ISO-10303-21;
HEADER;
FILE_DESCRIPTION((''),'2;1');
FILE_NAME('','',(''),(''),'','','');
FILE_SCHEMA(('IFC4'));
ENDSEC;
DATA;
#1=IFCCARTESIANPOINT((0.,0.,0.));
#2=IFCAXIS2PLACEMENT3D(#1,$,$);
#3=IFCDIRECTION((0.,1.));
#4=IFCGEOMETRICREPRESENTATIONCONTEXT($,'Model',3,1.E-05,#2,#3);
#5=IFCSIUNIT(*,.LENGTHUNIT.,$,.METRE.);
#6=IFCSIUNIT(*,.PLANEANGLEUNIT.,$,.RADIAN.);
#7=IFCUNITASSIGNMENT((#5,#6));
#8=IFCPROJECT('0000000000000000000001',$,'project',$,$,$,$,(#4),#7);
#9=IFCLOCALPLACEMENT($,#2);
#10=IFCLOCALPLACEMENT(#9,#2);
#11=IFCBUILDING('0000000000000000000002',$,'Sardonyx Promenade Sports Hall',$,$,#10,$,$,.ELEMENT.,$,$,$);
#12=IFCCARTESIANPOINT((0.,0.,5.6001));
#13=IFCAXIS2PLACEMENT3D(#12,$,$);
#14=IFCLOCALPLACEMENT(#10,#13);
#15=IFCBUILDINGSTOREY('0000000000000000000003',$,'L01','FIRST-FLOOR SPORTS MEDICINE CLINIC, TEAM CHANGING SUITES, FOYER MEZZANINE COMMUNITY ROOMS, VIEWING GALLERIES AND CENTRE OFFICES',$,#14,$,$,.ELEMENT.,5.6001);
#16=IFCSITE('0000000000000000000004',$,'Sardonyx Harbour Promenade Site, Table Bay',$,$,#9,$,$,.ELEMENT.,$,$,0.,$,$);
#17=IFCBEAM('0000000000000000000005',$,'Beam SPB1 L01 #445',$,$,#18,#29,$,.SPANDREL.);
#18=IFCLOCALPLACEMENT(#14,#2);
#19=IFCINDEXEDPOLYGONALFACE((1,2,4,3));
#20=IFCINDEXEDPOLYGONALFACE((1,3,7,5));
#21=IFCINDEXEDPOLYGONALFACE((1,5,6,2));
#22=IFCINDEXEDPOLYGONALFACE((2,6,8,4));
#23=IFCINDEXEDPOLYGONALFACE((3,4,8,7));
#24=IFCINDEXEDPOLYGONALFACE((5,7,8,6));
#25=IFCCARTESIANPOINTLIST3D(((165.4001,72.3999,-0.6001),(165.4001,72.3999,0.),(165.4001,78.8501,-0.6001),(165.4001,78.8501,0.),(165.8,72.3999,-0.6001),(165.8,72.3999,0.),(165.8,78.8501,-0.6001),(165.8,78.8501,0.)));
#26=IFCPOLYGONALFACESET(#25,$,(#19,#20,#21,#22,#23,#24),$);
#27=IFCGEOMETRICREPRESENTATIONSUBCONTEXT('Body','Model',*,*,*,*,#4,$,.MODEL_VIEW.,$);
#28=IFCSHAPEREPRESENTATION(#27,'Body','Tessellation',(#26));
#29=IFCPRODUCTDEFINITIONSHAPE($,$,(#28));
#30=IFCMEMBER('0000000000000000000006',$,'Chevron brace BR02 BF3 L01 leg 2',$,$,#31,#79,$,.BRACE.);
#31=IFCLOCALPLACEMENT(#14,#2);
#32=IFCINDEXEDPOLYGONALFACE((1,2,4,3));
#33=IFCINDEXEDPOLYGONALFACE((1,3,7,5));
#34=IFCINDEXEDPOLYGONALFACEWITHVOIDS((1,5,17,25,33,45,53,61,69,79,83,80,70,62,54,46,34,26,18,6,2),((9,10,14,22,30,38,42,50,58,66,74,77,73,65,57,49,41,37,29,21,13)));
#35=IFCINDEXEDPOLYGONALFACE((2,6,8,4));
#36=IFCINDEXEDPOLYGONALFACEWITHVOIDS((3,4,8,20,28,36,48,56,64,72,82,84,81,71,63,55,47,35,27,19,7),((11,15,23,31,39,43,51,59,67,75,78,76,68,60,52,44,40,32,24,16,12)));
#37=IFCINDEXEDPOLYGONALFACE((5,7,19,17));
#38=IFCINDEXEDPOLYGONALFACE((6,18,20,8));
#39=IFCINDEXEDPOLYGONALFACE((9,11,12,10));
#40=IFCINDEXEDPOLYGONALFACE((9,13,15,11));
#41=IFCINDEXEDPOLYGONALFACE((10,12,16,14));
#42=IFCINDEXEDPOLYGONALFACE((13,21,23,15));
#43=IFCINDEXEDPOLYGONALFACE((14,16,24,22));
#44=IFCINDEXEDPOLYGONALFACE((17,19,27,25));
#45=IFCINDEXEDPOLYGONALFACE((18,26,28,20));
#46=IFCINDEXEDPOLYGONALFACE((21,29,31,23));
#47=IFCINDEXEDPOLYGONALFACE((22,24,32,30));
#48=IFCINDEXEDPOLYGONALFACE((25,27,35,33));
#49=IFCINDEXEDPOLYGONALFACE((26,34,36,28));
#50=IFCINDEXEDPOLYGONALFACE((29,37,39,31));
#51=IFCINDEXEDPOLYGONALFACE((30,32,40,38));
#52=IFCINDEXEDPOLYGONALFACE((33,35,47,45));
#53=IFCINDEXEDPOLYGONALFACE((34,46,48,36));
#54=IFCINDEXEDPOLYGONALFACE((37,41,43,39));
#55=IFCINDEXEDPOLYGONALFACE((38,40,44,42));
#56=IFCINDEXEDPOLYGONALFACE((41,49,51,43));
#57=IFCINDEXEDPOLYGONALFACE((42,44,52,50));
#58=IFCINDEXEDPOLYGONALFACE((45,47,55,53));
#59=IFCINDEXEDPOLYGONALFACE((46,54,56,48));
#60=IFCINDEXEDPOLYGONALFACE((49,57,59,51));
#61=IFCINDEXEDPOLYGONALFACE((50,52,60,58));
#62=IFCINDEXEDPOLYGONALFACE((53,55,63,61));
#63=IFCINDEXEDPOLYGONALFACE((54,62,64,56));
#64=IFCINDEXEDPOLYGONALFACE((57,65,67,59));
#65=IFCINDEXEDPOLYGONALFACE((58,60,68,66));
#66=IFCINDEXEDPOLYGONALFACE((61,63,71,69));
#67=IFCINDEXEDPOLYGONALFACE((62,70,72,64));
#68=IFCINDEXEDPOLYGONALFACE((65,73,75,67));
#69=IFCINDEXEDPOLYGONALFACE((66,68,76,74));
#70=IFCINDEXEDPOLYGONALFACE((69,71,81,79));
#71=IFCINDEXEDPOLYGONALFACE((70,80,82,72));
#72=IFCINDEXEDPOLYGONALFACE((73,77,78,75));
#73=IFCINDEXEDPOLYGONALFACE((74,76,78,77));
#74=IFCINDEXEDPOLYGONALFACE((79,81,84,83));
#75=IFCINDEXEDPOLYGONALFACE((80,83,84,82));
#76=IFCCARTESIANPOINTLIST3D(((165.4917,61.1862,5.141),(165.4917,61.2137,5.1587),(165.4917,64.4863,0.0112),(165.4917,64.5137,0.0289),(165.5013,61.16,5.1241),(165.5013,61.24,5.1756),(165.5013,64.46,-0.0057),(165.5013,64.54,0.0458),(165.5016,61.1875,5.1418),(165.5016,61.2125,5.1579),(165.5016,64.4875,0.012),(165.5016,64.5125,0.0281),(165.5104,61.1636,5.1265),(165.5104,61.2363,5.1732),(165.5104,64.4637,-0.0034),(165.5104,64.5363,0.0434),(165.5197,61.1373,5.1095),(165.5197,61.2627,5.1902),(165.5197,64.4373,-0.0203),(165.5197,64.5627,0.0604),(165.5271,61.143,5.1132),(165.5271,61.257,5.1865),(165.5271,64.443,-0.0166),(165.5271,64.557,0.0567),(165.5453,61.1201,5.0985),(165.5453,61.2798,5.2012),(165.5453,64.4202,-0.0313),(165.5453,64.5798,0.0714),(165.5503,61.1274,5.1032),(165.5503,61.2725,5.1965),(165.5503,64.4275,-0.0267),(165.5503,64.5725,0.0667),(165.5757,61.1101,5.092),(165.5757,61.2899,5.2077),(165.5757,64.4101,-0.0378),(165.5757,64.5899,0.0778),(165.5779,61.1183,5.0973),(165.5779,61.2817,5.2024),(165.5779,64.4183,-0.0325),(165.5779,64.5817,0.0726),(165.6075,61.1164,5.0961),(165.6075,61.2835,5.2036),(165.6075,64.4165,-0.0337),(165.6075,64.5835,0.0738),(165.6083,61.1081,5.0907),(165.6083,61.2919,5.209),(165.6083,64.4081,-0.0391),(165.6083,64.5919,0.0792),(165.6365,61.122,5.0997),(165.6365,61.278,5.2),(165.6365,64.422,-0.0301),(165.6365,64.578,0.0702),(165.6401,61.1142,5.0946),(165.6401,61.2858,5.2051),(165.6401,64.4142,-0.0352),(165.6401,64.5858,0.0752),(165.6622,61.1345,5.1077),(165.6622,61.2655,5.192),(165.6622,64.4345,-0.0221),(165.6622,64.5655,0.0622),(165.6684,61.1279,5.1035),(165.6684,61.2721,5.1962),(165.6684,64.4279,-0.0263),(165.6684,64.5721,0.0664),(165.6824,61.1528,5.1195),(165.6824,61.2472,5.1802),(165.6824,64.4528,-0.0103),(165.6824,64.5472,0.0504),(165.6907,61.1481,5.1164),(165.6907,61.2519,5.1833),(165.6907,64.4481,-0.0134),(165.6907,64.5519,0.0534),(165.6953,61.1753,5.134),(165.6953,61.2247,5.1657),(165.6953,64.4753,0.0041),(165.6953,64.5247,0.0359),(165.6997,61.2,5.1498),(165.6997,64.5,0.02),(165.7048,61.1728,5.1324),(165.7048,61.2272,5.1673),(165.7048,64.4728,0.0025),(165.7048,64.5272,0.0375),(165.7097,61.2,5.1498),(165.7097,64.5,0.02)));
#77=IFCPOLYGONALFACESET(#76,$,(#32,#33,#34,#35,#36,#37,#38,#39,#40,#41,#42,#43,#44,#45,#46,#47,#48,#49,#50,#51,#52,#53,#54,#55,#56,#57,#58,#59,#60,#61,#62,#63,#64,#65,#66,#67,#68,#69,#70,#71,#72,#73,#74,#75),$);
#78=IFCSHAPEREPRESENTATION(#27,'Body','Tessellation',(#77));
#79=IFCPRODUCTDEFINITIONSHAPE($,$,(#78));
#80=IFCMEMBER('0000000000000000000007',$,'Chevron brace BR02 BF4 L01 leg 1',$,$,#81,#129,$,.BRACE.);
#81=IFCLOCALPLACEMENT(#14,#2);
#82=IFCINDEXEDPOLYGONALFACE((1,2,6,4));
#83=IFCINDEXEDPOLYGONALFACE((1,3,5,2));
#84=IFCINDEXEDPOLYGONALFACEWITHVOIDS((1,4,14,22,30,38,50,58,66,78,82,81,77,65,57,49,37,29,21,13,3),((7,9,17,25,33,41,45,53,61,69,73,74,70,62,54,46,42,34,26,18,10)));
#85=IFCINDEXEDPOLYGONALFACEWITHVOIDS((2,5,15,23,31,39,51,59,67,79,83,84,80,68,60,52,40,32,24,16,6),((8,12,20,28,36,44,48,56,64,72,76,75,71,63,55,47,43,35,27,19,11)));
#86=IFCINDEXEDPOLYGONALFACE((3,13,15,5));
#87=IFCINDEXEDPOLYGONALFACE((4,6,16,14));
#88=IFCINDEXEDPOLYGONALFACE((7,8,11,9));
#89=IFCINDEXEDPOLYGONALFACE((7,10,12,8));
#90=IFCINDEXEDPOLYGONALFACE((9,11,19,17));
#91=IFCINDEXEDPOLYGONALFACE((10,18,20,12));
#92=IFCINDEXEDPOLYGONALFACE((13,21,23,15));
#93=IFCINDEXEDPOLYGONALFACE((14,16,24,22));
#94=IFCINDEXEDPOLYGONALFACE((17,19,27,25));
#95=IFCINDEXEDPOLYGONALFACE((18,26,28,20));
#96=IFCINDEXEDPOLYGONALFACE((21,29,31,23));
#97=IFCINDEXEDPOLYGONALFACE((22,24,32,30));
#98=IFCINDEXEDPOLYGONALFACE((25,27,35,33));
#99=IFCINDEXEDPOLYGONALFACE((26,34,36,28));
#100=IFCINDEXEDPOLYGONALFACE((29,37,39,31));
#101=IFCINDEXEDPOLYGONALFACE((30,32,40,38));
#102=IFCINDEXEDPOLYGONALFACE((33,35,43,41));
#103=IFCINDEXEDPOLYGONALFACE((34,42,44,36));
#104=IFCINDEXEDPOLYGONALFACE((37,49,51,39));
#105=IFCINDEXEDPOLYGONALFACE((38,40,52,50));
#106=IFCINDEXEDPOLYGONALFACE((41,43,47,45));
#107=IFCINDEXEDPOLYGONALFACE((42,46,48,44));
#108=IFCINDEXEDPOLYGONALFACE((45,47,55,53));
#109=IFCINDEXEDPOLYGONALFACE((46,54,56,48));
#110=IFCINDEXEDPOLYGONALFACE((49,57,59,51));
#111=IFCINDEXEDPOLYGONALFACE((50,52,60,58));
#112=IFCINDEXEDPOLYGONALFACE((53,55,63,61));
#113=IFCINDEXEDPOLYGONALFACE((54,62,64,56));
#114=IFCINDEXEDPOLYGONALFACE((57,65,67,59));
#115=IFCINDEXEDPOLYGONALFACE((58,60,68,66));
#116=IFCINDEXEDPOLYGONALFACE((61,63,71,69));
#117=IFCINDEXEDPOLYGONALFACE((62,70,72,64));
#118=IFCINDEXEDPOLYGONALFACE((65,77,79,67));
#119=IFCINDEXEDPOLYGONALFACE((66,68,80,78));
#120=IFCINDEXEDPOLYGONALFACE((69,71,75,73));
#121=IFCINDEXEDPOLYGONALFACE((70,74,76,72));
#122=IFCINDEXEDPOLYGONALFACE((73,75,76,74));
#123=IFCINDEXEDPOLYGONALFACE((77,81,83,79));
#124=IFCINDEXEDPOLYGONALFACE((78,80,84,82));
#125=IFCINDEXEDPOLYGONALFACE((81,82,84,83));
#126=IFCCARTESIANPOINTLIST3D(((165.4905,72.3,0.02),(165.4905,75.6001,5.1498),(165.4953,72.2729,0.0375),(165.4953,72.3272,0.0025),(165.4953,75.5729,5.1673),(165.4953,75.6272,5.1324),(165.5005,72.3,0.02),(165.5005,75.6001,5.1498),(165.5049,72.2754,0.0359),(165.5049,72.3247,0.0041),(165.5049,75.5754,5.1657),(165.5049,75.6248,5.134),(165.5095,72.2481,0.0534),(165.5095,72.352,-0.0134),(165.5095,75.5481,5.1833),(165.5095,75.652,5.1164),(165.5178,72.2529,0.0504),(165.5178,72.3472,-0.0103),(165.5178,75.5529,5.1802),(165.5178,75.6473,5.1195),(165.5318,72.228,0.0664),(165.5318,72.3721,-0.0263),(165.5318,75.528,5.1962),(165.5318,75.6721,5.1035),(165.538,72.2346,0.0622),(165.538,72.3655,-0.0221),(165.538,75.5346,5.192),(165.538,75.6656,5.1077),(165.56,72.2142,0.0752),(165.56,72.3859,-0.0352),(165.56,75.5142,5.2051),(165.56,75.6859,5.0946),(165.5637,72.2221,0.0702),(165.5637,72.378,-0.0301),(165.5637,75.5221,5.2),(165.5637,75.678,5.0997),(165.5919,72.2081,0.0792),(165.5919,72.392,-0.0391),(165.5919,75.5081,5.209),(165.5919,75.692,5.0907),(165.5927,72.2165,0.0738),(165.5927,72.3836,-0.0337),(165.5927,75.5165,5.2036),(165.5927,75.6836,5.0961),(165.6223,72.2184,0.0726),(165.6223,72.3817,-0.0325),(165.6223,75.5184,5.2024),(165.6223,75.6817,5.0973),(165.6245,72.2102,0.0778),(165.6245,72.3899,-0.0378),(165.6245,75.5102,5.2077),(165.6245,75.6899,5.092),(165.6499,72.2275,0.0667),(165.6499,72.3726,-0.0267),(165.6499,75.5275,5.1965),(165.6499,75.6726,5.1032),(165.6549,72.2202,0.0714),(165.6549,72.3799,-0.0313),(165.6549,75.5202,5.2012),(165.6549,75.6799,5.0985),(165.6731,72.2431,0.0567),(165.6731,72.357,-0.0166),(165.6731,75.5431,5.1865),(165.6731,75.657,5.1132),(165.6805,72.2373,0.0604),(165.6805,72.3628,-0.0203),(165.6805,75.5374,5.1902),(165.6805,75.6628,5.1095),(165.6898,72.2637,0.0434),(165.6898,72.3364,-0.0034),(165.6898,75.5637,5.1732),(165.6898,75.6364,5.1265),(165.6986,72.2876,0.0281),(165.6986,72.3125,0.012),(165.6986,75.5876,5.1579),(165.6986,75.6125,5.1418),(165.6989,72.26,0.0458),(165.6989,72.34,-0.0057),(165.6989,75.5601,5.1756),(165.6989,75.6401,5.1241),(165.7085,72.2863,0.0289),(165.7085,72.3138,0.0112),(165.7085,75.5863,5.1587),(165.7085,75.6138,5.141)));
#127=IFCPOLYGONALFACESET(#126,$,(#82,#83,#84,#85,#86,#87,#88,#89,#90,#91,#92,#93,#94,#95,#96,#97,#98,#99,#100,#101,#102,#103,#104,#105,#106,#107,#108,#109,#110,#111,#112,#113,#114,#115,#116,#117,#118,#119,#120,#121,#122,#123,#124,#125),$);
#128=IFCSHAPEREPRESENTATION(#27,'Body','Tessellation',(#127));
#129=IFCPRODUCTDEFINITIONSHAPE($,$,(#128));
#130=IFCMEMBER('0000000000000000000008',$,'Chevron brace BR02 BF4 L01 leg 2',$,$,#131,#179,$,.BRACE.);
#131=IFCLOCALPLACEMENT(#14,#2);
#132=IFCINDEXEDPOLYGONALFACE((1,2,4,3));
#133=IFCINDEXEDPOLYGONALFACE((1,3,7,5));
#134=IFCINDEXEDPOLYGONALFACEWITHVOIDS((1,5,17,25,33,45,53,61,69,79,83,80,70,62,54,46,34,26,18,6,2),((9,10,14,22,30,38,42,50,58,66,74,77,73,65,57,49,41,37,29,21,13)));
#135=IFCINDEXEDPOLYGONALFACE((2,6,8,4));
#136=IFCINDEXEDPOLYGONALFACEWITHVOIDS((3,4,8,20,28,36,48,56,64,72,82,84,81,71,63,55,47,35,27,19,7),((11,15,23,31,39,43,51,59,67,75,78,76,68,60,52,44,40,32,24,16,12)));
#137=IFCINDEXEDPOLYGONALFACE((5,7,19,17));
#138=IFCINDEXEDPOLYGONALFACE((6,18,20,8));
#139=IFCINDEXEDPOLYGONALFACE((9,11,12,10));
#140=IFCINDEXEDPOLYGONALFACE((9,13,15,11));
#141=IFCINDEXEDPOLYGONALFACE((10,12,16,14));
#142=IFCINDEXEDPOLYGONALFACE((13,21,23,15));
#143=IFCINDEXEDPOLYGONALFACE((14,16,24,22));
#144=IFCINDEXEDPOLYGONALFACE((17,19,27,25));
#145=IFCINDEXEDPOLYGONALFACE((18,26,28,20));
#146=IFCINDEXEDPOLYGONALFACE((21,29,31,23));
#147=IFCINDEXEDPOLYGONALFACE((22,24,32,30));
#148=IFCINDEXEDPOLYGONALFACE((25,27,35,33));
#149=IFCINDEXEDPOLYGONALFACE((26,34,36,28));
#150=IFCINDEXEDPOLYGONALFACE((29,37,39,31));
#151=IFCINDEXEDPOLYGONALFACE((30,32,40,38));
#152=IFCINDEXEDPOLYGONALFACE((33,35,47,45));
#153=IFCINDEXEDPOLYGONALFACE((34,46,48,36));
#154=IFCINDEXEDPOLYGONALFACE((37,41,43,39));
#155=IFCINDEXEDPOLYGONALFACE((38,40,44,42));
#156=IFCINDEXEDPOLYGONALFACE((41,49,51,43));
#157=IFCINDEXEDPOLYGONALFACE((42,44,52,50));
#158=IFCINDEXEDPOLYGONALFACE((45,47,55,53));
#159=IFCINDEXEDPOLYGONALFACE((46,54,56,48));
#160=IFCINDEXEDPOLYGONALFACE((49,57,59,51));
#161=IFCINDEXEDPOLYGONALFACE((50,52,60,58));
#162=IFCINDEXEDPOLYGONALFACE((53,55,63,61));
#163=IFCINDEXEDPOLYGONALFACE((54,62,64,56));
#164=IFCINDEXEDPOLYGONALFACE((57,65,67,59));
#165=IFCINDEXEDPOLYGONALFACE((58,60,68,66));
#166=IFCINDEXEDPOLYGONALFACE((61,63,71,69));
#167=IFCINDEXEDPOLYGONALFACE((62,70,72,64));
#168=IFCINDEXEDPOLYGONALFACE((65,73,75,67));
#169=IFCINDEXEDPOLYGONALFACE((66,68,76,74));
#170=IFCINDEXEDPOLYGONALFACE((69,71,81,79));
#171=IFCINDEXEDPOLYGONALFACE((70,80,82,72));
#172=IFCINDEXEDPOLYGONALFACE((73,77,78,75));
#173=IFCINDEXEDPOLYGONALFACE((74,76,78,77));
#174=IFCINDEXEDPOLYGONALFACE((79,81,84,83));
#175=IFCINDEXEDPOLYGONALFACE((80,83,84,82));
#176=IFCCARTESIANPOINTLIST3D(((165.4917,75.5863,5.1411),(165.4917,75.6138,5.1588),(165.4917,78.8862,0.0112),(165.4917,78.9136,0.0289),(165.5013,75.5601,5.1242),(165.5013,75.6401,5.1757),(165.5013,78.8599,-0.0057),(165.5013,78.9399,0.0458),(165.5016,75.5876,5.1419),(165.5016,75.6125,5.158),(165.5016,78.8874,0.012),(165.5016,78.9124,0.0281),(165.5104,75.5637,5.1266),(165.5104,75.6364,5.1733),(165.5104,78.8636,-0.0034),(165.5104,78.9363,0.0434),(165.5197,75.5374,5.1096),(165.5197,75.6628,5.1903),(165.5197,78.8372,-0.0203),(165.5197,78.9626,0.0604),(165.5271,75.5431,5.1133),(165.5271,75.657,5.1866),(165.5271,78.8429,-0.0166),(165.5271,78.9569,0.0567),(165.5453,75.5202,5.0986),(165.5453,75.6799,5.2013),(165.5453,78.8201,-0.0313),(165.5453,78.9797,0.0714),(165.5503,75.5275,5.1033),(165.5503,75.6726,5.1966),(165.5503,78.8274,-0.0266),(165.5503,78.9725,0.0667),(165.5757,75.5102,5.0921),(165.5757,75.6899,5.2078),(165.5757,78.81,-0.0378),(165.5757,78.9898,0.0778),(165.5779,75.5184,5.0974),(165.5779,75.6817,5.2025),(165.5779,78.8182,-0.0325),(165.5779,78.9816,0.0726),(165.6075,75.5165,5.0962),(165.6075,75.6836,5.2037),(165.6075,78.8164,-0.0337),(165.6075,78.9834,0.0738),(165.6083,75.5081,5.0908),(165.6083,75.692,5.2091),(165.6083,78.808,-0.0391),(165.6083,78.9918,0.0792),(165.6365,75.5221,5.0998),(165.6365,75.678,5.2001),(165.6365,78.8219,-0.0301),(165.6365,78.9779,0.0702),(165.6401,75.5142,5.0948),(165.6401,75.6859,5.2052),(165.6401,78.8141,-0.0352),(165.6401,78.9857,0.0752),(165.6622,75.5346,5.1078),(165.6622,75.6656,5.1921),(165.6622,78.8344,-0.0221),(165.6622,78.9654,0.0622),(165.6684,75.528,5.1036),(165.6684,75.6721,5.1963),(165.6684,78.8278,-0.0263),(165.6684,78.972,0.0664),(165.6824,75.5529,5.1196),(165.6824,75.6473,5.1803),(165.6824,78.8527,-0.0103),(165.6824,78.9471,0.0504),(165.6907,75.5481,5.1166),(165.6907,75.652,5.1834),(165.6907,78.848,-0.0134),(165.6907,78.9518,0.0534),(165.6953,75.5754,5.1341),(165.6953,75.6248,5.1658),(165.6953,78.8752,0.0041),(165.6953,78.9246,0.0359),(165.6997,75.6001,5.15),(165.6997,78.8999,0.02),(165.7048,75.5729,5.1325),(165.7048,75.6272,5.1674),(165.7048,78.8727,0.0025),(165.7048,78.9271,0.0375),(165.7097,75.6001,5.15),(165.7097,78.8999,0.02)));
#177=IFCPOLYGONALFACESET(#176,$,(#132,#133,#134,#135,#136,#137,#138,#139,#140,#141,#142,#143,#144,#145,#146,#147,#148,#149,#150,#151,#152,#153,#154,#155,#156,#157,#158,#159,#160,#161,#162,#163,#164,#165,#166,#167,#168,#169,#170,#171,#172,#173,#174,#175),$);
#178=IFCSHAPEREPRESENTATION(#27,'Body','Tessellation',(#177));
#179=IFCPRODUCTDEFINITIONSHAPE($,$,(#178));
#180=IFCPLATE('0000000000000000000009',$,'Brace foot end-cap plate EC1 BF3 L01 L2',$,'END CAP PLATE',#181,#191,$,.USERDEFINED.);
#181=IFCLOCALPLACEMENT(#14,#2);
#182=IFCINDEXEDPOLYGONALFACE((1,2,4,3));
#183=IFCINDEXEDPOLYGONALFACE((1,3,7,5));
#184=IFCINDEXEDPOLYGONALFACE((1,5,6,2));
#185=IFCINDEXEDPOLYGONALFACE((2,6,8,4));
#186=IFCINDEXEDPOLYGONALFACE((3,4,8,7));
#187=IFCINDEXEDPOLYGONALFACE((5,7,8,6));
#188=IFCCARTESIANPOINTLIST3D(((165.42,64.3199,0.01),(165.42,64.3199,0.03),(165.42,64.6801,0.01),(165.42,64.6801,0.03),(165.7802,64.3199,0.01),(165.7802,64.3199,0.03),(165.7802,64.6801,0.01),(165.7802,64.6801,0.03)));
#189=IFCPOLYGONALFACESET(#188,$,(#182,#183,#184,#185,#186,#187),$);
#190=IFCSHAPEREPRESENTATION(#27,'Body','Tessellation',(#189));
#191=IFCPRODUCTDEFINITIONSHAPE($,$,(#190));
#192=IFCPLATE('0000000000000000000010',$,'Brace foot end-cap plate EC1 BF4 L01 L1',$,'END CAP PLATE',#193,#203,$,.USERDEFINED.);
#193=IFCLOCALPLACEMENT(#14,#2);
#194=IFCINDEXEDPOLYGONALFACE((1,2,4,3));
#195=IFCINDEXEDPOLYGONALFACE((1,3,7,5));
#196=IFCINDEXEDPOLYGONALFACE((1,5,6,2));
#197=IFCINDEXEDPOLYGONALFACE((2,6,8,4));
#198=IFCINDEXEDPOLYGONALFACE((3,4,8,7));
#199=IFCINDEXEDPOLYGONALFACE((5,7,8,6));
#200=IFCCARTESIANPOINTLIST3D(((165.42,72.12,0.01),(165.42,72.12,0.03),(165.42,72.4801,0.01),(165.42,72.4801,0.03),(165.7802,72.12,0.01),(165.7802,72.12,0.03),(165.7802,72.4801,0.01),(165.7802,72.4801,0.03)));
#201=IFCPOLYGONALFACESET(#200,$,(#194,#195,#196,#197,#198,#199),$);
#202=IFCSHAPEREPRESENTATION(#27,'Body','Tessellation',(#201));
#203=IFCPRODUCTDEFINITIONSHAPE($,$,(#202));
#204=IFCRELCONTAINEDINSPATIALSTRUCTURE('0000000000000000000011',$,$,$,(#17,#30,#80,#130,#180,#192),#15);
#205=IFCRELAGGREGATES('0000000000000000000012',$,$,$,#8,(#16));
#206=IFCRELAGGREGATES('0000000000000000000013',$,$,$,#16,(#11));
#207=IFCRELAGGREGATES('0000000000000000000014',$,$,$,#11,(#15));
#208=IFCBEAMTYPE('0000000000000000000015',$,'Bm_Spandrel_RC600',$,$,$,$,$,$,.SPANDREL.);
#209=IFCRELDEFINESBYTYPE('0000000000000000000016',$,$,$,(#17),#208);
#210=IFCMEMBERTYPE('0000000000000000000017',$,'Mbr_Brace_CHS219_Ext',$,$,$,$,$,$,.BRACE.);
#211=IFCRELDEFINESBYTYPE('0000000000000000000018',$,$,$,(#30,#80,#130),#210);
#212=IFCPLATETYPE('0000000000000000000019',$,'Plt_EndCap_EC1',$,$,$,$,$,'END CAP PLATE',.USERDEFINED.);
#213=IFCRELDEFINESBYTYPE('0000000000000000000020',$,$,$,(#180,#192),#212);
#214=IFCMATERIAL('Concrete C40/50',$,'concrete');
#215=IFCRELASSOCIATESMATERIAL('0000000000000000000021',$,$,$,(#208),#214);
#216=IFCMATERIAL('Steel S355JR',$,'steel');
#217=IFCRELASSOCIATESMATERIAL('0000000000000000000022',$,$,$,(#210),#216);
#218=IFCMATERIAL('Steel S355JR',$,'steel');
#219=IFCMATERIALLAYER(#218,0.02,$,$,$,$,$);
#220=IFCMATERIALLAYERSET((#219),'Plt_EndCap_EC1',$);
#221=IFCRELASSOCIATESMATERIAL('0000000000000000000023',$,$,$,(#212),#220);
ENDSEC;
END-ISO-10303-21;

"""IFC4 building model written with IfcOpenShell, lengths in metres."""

from ifc_helpers import new_model, si_unit, direction, frame, origin, origin_2d, place, context, subcontext, project, spatial, rectangle, hollow_circle, extrude, material, layer, layer_set, material_profile, profile_set, type_object, element, save


model = new_model("IFC4")

# Units and contexts
model_context = context("Model", 3, precision=1e-05, world=origin(), true_north=direction((0.0, 1.0)))
body_context = subcontext(model_context, "Body", "Model", "MODEL_VIEW")
ifc_project = project(units=[si_unit("LENGTHUNIT", "METRE"), si_unit("PLANEANGLEUNIT", "RADIAN")], contexts=[model_context])

# Site, building, storey
site_placement = place(None, origin())
site = spatial("IfcSite", under=ifc_project, at=site_placement, Name="Sardonyx Harbour Promenade Site, Table Bay", CompositionType="ELEMENT", RefElevation=0.0)
building_placement = place(site_placement, origin())
building = spatial("IfcBuilding", under=site, at=building_placement, Name="Sardonyx Promenade Sports Hall", CompositionType="ELEMENT")
storey_placement = place(building_placement, frame((0.0, 0.0, 5.6001)))
storey = spatial("IfcBuildingStorey", under=building, at=storey_placement, Name="L01", Description="FIRST-FLOOR SPORTS MEDICINE CLINIC, TEAM CHANGING SUITES, FOYER MEZZANINE COMMUNITY ROOMS, VIEWING GALLERIES AND CENTRE OFFICES", CompositionType="ELEMENT", Elevation=5.6001)

# Beam
ifc_material_1 = material(Name="Concrete C40/50", Category="concrete")
ifc_material_profile_1 = material_profile(ifc_material_1, rectangle(XDim=0.3999, YDim=0.6001, at=origin_2d()))
ifc_profile_set_1 = profile_set([ifc_material_profile_1], Name="Concrete C40/50")
beam_type_1 = type_object("IfcBeamType", Name="Bm_Spandrel_RC600", PredefinedType="SPANDREL", material=ifc_profile_set_1)
beam_1_placement = place(storey_placement, frame((165.6001, 72.3999, -0.3), z_axis=(0.0, 1.0, 0.0), x_axis=(-1.0, 0.0, 0.0)))
element("IfcBeam", 1, at=beam_1_placement, inside=storey, type_object=beam_type_1, Name="Beam SPB1 L01 #445", PredefinedType="SPANDREL", context=body_context, shape_type="SweptSolid", body=[
    extrude(rectangle(XDim=0.3999, YDim=0.6001, at=origin_2d()), origin(), (0.0, 0.0, 1.0), 6.4502),
])

# Members
ifc_material_2 = material(Name="Steel S355JR", Category="steel")
ifc_material_profile_2 = material_profile(ifc_material_2, hollow_circle(Radius=0.1096, WallThickness=0.01, at=origin_2d()))
ifc_profile_set_2 = profile_set([ifc_material_profile_2], Name="Steel S355JR")
member_type = type_object("IfcMemberType", Name="Mbr_Brace_CHS219_Ext", PredefinedType="BRACE", material=ifc_profile_set_2)
for number, where, z_axis, x_axis, name in (
    (2, (165.6001, 64.5, 0.02), (0.0, -0.541021, 0.841009), (1.0, 0.0, 0.0), "Chevron brace BR02 BF3 L01 leg 2"),
    (3, (165.6001, 72.3, 0.02), (0.0, 0.541021, 0.841009), (-1.0, 0.0, 0.0), "Chevron brace BR02 BF4 L01 leg 1"),
    (4, (165.6001, 78.8999, 0.02), (0.0, -0.540992, 0.841028), (1.0, 0.0, 0.0), "Chevron brace BR02 BF4 L01 leg 2"),
):
    element("IfcMember", number, at=place(storey_placement, frame(where, z_axis=z_axis, x_axis=x_axis)), inside=storey, type_object=member_type, Name=name, PredefinedType="BRACE", context=body_context, shape_type="SweptSolid", body=[
        extrude(hollow_circle(Radius=0.1096, WallThickness=0.01, at=origin_2d()), origin(), (0.0, 0.0, 1.0), 6.0996),
    ])

# Plates
ifc_material_3 = material(Name="Steel S355JR", Category="steel")
ifc_layer_1 = layer(ifc_material_3, 0.02)
ifc_layer_set_1 = layer_set([ifc_layer_1], Name="Plt_EndCap_EC1")
plate_type_1 = type_object("IfcPlateType", Name="Plt_EndCap_EC1", ElementType="END CAP PLATE", PredefinedType="USERDEFINED", material=ifc_layer_set_1)
for number, where, z_axis, x_axis, name in (
    (5, (165.6001, 64.5, 0.01), (0.0, 0.0, 1.0), (1.0, 0.0, 0.0), "Brace foot end-cap plate EC1 BF3 L01 L2"),
    (6, (165.6001, 72.3, 0.01), (0.0, 0.0, 1.0), (1.0, 0.0, 0.0), "Brace foot end-cap plate EC1 BF4 L01 L1"),
):
    element("IfcPlate", number, at=place(storey_placement, frame(where, z_axis=z_axis, x_axis=x_axis)), inside=storey, type_object=plate_type_1, Name=name, ObjectType="END CAP PLATE", PredefinedType="USERDEFINED", context=body_context, shape_type="SweptSolid", body=[
        extrude(rectangle(XDim=0.3601, YDim=0.3601, at=origin_2d()), origin(), (0.0, 0.0, 1.0), 0.02),
    ])

save(model, "model.ifc")
